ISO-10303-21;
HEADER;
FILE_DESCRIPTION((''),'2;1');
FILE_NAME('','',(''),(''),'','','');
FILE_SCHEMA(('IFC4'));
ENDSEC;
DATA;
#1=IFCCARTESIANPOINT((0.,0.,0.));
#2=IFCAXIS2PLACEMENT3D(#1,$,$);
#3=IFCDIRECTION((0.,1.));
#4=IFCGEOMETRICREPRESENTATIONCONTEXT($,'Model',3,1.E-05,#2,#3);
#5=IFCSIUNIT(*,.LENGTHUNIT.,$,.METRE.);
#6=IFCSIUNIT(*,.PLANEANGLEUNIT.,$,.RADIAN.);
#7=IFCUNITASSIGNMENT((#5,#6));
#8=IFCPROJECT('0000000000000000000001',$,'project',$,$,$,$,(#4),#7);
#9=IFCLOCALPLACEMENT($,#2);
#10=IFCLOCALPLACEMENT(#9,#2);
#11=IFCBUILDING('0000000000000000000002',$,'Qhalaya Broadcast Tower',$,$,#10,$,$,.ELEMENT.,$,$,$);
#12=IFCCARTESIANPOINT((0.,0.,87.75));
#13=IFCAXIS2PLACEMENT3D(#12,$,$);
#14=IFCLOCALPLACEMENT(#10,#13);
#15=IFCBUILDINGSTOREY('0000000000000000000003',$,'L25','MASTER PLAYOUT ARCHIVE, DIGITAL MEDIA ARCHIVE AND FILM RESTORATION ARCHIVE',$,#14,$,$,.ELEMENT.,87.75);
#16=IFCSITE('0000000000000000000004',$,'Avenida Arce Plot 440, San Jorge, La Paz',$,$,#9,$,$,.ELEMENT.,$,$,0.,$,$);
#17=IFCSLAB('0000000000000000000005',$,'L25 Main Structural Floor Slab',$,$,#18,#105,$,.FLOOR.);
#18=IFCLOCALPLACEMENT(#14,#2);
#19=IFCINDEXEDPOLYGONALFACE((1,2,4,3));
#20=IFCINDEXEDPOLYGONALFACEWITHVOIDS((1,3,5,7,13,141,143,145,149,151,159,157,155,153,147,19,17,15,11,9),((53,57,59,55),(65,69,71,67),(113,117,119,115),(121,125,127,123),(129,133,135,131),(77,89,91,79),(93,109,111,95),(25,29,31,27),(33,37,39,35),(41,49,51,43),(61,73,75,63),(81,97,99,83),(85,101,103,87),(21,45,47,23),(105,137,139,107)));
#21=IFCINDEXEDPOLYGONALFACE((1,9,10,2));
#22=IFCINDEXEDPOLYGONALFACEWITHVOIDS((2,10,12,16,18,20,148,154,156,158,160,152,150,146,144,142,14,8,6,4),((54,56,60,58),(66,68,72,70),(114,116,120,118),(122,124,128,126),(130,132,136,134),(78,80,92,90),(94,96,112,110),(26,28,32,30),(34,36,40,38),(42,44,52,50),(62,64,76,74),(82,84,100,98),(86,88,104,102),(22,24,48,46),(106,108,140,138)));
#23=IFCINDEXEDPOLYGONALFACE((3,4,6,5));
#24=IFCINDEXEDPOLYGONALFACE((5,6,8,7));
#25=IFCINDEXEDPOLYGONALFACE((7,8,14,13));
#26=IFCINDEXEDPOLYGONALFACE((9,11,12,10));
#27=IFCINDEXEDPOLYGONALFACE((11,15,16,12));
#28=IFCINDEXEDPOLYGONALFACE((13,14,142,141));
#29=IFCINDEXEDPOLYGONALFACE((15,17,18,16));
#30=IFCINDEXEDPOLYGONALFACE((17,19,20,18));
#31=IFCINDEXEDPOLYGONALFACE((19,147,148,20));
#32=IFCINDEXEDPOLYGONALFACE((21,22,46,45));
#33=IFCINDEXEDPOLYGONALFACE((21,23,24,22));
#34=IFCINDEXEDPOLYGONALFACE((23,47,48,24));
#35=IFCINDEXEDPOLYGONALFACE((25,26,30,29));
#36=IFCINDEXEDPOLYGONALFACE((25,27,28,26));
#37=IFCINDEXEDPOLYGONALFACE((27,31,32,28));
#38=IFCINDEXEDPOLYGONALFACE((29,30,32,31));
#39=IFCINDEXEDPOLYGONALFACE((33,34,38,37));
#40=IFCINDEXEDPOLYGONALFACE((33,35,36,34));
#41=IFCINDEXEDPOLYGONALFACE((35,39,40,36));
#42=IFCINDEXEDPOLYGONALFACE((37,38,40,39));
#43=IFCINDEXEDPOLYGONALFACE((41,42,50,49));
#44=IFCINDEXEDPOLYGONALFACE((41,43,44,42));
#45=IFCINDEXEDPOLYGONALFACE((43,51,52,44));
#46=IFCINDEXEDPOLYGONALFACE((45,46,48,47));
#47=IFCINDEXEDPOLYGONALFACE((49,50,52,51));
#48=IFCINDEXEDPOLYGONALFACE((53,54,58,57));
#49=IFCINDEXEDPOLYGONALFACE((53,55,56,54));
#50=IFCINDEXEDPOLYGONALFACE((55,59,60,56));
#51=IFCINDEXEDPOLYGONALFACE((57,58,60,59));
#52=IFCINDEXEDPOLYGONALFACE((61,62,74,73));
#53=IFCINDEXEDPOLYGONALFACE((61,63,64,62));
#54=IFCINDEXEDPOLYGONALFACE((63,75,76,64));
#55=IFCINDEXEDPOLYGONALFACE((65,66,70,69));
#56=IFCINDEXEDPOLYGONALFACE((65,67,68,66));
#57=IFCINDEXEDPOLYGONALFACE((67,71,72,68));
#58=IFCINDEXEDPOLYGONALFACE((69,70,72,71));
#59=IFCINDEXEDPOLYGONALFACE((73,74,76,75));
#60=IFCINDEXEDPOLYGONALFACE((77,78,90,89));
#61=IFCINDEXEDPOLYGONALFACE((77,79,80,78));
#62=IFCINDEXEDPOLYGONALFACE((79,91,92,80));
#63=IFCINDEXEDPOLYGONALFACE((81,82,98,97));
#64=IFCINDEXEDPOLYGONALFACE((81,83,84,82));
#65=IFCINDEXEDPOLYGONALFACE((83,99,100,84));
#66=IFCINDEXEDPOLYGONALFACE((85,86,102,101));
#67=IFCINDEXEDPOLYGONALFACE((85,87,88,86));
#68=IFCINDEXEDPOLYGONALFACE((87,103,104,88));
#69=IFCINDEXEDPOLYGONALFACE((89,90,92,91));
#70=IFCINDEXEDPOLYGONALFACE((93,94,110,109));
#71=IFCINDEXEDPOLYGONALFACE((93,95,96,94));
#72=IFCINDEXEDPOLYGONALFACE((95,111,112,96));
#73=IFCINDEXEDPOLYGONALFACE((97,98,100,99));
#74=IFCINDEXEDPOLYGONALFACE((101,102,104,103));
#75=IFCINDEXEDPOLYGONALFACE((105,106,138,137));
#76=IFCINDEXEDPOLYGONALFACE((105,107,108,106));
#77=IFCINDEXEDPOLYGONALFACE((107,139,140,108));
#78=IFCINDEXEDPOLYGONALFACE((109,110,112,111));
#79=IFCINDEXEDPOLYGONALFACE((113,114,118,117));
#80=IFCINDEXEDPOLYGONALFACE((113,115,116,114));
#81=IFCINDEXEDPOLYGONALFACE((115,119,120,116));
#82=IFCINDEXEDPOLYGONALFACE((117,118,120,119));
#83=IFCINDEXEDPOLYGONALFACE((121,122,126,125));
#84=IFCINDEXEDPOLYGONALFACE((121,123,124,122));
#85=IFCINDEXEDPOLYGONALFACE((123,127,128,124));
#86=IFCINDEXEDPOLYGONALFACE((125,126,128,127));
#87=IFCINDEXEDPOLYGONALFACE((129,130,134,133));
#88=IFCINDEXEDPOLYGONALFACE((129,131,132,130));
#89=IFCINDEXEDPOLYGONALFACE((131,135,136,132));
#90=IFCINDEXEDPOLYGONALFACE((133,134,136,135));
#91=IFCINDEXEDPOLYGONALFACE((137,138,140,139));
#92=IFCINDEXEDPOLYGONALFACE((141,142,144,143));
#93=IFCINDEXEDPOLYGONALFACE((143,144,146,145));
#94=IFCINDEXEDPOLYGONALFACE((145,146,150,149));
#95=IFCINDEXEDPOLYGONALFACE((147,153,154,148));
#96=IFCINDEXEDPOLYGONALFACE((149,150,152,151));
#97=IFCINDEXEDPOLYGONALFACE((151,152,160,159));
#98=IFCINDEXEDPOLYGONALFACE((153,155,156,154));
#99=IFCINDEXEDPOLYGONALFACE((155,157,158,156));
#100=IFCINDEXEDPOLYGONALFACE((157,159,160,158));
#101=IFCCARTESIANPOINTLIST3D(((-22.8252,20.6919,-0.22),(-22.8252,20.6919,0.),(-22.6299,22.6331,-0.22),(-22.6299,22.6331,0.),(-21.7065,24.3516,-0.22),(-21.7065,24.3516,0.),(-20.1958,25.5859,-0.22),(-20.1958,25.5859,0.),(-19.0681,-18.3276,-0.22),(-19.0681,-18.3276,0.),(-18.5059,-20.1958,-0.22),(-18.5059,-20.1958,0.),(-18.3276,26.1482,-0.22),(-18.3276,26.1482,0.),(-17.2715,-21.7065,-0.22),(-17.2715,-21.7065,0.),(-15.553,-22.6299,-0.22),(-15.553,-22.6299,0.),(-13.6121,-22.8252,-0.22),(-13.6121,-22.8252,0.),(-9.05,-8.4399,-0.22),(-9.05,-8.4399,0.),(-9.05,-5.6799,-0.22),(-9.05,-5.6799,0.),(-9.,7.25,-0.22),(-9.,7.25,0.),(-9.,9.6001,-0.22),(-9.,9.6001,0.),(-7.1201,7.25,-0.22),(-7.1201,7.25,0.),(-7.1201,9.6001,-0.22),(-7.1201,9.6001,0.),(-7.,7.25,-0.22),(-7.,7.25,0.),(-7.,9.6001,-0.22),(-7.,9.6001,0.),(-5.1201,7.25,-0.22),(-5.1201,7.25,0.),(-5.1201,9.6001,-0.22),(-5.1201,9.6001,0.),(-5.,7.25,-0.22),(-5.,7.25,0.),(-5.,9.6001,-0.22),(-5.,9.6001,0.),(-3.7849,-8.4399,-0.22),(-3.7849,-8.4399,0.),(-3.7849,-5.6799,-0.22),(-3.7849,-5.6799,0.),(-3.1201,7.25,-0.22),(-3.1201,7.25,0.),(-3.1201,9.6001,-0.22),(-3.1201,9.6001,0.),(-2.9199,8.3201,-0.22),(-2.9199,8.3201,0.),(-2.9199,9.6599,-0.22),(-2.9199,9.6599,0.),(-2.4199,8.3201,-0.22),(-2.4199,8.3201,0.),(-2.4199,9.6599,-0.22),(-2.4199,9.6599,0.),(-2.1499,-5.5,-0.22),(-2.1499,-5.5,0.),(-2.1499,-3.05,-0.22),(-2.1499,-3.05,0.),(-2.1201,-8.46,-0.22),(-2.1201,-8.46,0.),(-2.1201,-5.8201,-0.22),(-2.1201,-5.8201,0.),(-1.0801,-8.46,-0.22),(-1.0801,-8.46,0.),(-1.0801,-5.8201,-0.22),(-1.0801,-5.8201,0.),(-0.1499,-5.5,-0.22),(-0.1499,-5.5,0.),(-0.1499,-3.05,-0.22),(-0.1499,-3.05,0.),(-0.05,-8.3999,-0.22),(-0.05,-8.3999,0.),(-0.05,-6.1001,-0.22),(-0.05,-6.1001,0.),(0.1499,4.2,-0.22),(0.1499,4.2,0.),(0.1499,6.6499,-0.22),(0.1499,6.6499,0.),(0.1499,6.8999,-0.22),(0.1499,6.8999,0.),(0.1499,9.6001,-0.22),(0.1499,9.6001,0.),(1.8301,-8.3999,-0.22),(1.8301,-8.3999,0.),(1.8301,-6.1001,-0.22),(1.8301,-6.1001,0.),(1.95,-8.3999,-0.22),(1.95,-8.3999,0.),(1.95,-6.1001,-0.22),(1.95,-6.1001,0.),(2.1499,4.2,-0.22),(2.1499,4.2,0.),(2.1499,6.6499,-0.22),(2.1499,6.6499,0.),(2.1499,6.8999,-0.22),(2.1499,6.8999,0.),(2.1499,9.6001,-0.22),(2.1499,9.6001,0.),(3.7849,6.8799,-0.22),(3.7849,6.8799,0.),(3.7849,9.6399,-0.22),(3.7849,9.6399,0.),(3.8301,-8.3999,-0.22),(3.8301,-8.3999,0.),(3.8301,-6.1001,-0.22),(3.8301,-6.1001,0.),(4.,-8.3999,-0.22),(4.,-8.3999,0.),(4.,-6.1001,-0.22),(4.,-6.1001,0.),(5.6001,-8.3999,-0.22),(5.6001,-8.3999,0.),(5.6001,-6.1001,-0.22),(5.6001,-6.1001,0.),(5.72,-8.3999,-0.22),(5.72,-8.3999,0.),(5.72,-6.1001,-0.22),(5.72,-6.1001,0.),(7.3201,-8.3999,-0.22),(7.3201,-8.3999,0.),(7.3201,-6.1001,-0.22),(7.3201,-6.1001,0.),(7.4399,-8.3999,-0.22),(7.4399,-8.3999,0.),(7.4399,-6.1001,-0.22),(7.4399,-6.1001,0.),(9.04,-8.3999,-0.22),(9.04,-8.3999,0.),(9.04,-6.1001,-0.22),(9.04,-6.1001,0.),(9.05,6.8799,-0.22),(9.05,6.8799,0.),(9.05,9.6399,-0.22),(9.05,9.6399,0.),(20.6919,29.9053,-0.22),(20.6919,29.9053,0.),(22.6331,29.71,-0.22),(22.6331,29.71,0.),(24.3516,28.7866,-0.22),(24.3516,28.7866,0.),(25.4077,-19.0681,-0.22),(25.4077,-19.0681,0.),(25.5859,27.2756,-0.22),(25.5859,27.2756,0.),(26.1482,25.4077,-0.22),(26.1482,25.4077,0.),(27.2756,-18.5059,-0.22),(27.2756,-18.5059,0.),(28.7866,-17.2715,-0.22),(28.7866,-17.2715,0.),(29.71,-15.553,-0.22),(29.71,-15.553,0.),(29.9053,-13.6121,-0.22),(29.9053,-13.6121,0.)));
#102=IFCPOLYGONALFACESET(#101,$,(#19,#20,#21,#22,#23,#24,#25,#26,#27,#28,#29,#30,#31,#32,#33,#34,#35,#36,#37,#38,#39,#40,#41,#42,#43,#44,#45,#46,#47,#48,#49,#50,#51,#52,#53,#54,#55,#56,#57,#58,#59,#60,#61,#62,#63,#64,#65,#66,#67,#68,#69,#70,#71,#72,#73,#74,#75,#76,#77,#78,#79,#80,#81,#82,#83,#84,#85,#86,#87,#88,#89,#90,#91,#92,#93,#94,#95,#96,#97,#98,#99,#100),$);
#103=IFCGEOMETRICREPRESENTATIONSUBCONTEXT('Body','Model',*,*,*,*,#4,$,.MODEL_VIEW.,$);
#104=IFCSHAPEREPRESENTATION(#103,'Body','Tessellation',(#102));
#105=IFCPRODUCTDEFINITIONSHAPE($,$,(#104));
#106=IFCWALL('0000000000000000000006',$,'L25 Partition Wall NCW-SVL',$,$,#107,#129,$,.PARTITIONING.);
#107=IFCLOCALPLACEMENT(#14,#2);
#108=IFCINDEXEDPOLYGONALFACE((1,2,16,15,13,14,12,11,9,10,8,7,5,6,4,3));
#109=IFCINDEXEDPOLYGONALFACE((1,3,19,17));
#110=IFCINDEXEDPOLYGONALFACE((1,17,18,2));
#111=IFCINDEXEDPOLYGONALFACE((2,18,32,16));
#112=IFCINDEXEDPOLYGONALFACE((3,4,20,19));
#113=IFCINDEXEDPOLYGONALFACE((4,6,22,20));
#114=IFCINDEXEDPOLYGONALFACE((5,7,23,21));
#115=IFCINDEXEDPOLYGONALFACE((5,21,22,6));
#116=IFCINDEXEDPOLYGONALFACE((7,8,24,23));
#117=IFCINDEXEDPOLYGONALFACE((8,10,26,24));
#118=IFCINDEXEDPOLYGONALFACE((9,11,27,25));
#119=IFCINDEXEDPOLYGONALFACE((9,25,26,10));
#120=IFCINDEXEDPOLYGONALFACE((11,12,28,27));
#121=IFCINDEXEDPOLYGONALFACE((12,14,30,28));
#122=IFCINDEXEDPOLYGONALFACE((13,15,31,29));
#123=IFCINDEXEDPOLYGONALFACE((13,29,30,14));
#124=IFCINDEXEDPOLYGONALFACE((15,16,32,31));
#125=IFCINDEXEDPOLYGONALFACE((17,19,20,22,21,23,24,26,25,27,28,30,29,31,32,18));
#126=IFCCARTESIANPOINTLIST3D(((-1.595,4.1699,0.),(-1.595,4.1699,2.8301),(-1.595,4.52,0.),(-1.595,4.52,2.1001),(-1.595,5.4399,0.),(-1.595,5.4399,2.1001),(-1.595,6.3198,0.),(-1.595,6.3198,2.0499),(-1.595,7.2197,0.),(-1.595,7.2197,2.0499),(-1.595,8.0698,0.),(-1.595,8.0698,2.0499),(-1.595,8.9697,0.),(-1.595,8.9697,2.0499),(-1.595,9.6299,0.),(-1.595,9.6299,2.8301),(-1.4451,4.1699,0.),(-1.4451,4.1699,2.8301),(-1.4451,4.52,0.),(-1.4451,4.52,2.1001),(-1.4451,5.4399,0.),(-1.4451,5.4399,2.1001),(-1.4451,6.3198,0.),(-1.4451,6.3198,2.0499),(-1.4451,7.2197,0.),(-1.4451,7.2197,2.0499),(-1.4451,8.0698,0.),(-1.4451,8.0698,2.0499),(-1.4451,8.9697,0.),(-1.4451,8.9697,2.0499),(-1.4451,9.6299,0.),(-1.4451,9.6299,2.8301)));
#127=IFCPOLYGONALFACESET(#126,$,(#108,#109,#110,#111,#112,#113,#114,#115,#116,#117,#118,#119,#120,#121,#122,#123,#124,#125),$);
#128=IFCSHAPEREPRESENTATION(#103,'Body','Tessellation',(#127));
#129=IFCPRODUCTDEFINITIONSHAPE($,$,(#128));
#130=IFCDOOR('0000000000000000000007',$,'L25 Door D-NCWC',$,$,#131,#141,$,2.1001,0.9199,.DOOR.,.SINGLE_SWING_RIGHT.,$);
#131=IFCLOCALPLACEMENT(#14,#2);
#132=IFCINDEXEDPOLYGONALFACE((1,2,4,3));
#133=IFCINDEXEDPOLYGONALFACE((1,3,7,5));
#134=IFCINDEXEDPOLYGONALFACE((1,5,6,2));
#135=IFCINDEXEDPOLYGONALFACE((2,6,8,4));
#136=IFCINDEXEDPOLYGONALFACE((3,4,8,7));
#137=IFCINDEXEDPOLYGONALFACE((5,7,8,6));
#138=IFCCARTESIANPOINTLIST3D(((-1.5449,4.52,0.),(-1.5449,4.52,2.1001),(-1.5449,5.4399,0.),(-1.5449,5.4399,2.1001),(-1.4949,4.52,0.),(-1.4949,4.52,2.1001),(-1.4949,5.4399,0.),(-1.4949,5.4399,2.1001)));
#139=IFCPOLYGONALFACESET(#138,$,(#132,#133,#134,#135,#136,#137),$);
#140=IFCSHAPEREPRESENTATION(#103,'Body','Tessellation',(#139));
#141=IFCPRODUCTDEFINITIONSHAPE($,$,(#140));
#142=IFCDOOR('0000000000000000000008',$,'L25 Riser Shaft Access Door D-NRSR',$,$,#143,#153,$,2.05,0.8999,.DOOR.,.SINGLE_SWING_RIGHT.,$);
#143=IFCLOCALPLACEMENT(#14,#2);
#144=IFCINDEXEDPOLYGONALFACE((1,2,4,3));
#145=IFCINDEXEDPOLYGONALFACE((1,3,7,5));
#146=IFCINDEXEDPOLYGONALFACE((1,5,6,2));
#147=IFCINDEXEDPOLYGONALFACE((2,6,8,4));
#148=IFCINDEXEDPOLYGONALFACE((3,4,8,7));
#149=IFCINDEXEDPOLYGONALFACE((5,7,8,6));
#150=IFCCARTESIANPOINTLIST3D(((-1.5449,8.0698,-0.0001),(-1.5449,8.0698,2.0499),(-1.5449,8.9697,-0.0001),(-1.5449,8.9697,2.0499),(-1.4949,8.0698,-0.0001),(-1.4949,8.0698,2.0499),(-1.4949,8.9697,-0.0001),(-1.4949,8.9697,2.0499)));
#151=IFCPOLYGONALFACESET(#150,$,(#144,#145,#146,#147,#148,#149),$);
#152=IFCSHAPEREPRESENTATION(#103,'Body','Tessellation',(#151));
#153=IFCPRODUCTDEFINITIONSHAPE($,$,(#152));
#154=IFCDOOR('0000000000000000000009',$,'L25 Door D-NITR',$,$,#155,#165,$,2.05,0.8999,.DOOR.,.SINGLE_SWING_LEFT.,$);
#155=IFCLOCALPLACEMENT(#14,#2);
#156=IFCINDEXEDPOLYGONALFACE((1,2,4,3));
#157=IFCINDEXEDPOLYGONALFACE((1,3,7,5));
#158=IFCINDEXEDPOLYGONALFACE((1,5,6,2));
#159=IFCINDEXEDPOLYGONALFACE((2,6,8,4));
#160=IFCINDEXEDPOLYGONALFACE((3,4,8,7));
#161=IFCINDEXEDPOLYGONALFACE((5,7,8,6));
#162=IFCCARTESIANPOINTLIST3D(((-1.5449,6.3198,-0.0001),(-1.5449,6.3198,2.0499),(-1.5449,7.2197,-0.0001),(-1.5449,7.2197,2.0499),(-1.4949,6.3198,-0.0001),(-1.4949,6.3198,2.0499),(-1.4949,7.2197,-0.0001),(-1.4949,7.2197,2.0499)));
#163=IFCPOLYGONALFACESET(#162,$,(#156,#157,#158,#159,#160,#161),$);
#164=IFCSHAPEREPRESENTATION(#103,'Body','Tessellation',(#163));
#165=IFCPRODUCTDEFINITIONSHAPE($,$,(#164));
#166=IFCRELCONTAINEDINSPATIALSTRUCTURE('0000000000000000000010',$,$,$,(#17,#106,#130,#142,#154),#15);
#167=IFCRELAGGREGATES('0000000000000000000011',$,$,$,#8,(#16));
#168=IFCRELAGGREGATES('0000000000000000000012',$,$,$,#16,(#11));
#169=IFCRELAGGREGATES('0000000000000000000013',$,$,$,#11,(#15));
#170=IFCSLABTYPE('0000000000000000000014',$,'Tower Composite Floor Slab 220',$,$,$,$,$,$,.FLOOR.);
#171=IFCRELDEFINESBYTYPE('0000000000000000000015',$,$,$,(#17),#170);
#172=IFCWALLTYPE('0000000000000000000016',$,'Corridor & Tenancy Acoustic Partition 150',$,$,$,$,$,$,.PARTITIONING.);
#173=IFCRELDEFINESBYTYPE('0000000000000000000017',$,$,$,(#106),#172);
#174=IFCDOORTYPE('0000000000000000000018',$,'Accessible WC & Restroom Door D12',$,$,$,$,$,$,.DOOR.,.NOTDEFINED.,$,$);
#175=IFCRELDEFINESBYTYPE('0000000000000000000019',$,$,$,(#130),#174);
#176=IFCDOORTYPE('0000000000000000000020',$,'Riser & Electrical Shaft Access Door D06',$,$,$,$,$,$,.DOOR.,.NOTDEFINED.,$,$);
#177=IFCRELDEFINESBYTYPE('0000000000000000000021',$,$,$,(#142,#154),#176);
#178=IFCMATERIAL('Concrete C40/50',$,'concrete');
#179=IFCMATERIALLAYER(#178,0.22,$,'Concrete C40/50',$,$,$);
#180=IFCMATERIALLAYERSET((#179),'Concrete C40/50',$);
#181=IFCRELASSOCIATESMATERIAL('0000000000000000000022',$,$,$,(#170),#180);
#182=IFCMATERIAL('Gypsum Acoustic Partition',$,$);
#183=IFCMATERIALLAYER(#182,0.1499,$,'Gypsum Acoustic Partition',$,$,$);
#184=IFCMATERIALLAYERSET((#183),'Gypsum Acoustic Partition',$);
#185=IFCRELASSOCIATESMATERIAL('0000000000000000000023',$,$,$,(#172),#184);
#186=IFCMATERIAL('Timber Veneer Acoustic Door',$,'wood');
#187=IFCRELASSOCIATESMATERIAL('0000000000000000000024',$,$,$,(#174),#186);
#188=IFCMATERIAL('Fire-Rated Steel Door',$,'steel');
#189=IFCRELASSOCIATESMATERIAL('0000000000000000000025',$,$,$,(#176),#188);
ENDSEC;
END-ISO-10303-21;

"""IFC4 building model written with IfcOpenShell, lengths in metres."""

from ifc_helpers import new_model, si_unit, direction, frame, frame_2d, origin, place, context, subcontext, project, spatial, polyline, rectangle, outline, extrude, material, layer, layer_set, type_object, element, fill, save


model = new_model("IFC4")

# Units and contexts
model_context = context("Model", 3, precision=1e-05, world=origin(), true_north=direction((0.0, 1.0)))
body_context = subcontext(model_context, "Body", "Model", "MODEL_VIEW")
ifc_project = project(units=[si_unit("LENGTHUNIT", "METRE"), si_unit("PLANEANGLEUNIT", "RADIAN")], contexts=[model_context])

# Site, building, storey
site_placement = place(None, origin())
site = spatial("IfcSite", under=ifc_project, at=site_placement, Name="Avenida Arce Plot 440, San Jorge, La Paz", CompositionType="ELEMENT", RefElevation=0.0)
building_placement = place(site_placement, origin())
building = spatial("IfcBuilding", under=site, at=building_placement, Name="Qhalaya Broadcast Tower", CompositionType="ELEMENT")
storey_placement = place(building_placement, frame((0.0, 0.0, 87.75)))
storey = spatial("IfcBuildingStorey", under=building, at=storey_placement, Name="L25", Description="MASTER PLAYOUT ARCHIVE, DIGITAL MEDIA ARCHIVE AND FILM RESTORATION ARCHIVE", CompositionType="ELEMENT", Elevation=87.75)

# Shared definitions
ifc_material_1 = material(Name="Concrete C40/50", Category="concrete")

# Slab
ifc_layer_1 = layer(ifc_material_1, 0.22, Name="Concrete C40/50")
ifc_layer_set_1 = layer_set([ifc_layer_1], Name="Concrete C40/50")
slab_type_1 = type_object("IfcSlabType", Name="Tower Composite Floor Slab 220", PredefinedType="FLOOR", material=ifc_layer_set_1)
slab_1_placement = place(storey_placement, frame((0.0, 0.0, -0.22)))
element("IfcSlab", 1, at=slab_1_placement, inside=storey, type_object=slab_type_1, Name="L25 Main Structural Floor Slab", PredefinedType="FLOOR", context=body_context, shape_type="SweptSolid", body=[
    extrude(outline(polyline([(25.4077, -19.0681), (27.2756, -18.5059), (28.7866, -17.2715), (29.71, -15.553), (29.9053, -13.6121), (26.1482, 25.4077), (25.5859, 27.2756), (24.3516, 28.7866), (22.6331, 29.71), (20.6919, 29.9053), (-18.3276, 26.1482), (-20.1958, 25.5859), (-21.7065, 24.3516), (-22.6299, 22.6331), (-22.8252, 20.6919), (-19.0681, -18.3276), (-18.5059, -20.1958), (-17.2715, -21.7065), (-15.553, -22.6299), (-13.6121, -22.8252), (25.4077, -19.0681)]), holes=[polyline([(3.7849, 9.6399), (9.05, 9.6399), (9.05, 6.8799), (3.7849, 6.8799), (3.7849, 9.6399)]), polyline([(-3.7849, -8.4399), (-9.05, -8.4399), (-9.05, -5.6799), (-3.7849, -5.6799), (-3.7849, -8.4399)]), polyline([(0.1499, 6.6499), (2.1499, 6.6499), (2.1499, 4.2), (0.1499, 4.2), (0.1499, 6.6499)]), polyline([(0.1499, 9.6001), (2.1499, 9.6001), (2.1499, 6.8999), (0.1499, 6.8999), (0.1499, 9.6001)]), polyline([(-2.1499, -3.05), (-0.1499, -3.05), (-0.1499, -5.5), (-2.1499, -5.5), (-2.1499, -3.05)]), polyline([(-9.0, 9.6001), (-7.1201, 9.6001), (-7.1201, 7.25), (-9.0, 7.25), (-9.0, 9.6001)]), polyline([(-7.0, 9.6001), (-5.1201, 9.6001), (-5.1201, 7.25), (-7.0, 7.25), (-7.0, 9.6001)]), polyline([(-5.0, 9.6001), (-3.1201, 9.6001), (-3.1201, 7.25), (-5.0, 7.25), (-5.0, 9.6001)]), polyline([(-0.05, -6.1001), (1.8301, -6.1001), (1.8301, -8.3999), (-0.05, -8.3999), (-0.05, -6.1001)]), polyline([(1.95, -6.1001), (3.8301, -6.1001), (3.8301, -8.3999), (1.95, -8.3999), (1.95, -6.1001)]), polyline([(4.0, -6.1001), (5.6001, -6.1001), (5.6001, -8.3999), (4.0, -8.3999), (4.0, -6.1001)]), polyline([(5.72, -6.1001), (7.3201, -6.1001), (7.3201, -8.3999), (5.72, -8.3999), (5.72, -6.1001)]), polyline([(7.4399, -6.1001), (9.04, -6.1001), (9.04, -8.3999), (7.4399, -8.3999), (7.4399, -6.1001)]), polyline([(-2.9199, 9.6599), (-2.4199, 9.6599), (-2.4199, 8.3201), (-2.9199, 8.3201), (-2.9199, 9.6599)]), polyline([(-2.1201, -5.8201), (-1.0801, -5.8201), (-1.0801, -8.46), (-2.1201, -8.46), (-2.1201, -5.8201)])]), origin(), (0.0, 0.0, 1.0), 0.22),
])

# Wall, openings, doors
ifc_material_2 = material(Name="Gypsum Acoustic Partition")
ifc_layer_2 = layer(ifc_material_2, 0.1499, Name="Gypsum Acoustic Partition")
ifc_layer_set_2 = layer_set([ifc_layer_2], Name="Gypsum Acoustic Partition")
wall_type_1 = type_object("IfcWallType", Name="Corridor & Tenancy Acoustic Partition 150", PredefinedType="PARTITIONING", material=ifc_layer_set_2)
wall_1_placement = place(storey_placement, frame((-1.52, 4.1699, 0.0), z_axis=(0.0, 0.0, 1.0), x_axis=(0.0, 1.0, 0.0)))
wall_1 = element("IfcWall", 2, at=wall_1_placement, inside=storey, type_object=wall_type_1, Name="L25 Partition Wall NCW-SVL", PredefinedType="PARTITIONING", context=body_context, shape_type="SweptSolid", body=[
    extrude(rectangle(XDim=5.46, YDim=0.1499, at=frame_2d((2.73, 0.0))), origin(), (0.0, 0.0, 1.0), 2.8301),
])
opening_1_placement = place(wall_1_placement, frame((3.8999, 0.0, 0.0)))
opening_1 = element("IfcOpeningElement", 3, at=opening_1_placement, cuts=wall_1, PredefinedType="OPENING", context=body_context, shape_type="SweptSolid", body=[
    extrude(rectangle(XDim=0.8999, YDim=2.05, at=frame_2d((0.45, 1.0249))), frame((0.0, 0.0869, 0.0), z_axis=(0.0, -1.0, 0.0), x_axis=(1.0, 0.0, 0.0)), (0.0, 0.0, 1.0), 0.1738),
])
opening_2_placement = place(wall_1_placement, frame((2.1499, 0.0, 0.0)))
opening_2 = element("IfcOpeningElement", 4, at=opening_2_placement, cuts=wall_1, PredefinedType="OPENING", context=body_context, shape_type="SweptSolid", body=[
    extrude(rectangle(XDim=0.8999, YDim=2.05, at=frame_2d((0.45, 1.0249))), frame((0.0, 0.0869, 0.0), z_axis=(0.0, -1.0, 0.0), x_axis=(1.0, 0.0, 0.0)), (0.0, 0.0, 1.0), 0.1738),
])
opening_3_placement = place(wall_1_placement, frame((0.3501, 0.0, 0.0)))
opening_3 = element("IfcOpeningElement", 5, at=opening_3_placement, cuts=wall_1, PredefinedType="OPENING", context=body_context, shape_type="SweptSolid", body=[
    extrude(rectangle(XDim=0.9199, YDim=2.1001, at=frame_2d((0.46, 1.05))), frame((0.0, 0.0869, 0.0), z_axis=(0.0, -1.0, 0.0), x_axis=(1.0, 0.0, 0.0)), (0.0, 0.0, 1.0), 0.1738),
])
ifc_material_3 = material(Name="Timber Veneer Acoustic Door", Category="wood")
door_type_1 = type_object("IfcDoorType", Name="Accessible WC & Restroom Door D12", OperationType="NOTDEFINED", PredefinedType="DOOR", material=ifc_material_3)
door_1_placement = place(opening_3_placement, origin())
door_1 = element("IfcDoor", 6, at=door_1_placement, inside=storey, type_object=door_type_1, Name="L25 Door D-NCWC", OperationType="SINGLE_SWING_RIGHT", OverallHeight=2.1001, OverallWidth=0.9199, PredefinedType="DOOR", context=body_context, shape_type="SweptSolid", body=[
    extrude(rectangle(XDim=0.9199, YDim=2.1001, at=frame_2d((0.46, 1.05))), frame((0.0, 0.0249, 0.0), z_axis=(0.0, -1.0, 0.0), x_axis=(1.0, 0.0, 0.0)), (0.0, 0.0, 1.0), 0.05),
])
fill(opening_3, door_1)
ifc_material_4 = material(Name="Fire-Rated Steel Door", Category="steel")
door_type_2 = type_object("IfcDoorType", Name="Riser & Electrical Shaft Access Door D06", OperationType="NOTDEFINED", PredefinedType="DOOR", material=ifc_material_4)
door_2_placement = place(opening_1_placement, origin())
door_2 = element("IfcDoor", 7, at=door_2_placement, inside=storey, type_object=door_type_2, Name="L25 Riser Shaft Access Door D-NRSR", OperationType="SINGLE_SWING_RIGHT", OverallHeight=2.05, OverallWidth=0.8999, PredefinedType="DOOR", context=body_context, shape_type="SweptSolid", body=[
    extrude(rectangle(XDim=0.8999, YDim=2.05, at=frame_2d((0.45, 1.0249))), frame((0.0, 0.0249, 0.0), z_axis=(0.0, -1.0, 0.0), x_axis=(1.0, 0.0, 0.0)), (0.0, 0.0, 1.0), 0.05),
])
fill(opening_1, door_2)
door_3_placement = place(opening_2_placement, origin())
door_3 = element("IfcDoor", 8, at=door_3_placement, inside=storey, type_object=door_type_2, Name="L25 Door D-NITR", OperationType="SINGLE_SWING_LEFT", OverallHeight=2.05, OverallWidth=0.8999, PredefinedType="DOOR", context=body_context, shape_type="SweptSolid", body=[
    extrude(rectangle(XDim=0.8999, YDim=2.05, at=frame_2d((0.45, 1.0249))), frame((0.0, 0.0249, 0.0), z_axis=(0.0, -1.0, 0.0), x_axis=(1.0, 0.0, 0.0)), (0.0, 0.0, 1.0), 0.05),
])
fill(opening_2, door_3)

save(model, "model.ifc")
